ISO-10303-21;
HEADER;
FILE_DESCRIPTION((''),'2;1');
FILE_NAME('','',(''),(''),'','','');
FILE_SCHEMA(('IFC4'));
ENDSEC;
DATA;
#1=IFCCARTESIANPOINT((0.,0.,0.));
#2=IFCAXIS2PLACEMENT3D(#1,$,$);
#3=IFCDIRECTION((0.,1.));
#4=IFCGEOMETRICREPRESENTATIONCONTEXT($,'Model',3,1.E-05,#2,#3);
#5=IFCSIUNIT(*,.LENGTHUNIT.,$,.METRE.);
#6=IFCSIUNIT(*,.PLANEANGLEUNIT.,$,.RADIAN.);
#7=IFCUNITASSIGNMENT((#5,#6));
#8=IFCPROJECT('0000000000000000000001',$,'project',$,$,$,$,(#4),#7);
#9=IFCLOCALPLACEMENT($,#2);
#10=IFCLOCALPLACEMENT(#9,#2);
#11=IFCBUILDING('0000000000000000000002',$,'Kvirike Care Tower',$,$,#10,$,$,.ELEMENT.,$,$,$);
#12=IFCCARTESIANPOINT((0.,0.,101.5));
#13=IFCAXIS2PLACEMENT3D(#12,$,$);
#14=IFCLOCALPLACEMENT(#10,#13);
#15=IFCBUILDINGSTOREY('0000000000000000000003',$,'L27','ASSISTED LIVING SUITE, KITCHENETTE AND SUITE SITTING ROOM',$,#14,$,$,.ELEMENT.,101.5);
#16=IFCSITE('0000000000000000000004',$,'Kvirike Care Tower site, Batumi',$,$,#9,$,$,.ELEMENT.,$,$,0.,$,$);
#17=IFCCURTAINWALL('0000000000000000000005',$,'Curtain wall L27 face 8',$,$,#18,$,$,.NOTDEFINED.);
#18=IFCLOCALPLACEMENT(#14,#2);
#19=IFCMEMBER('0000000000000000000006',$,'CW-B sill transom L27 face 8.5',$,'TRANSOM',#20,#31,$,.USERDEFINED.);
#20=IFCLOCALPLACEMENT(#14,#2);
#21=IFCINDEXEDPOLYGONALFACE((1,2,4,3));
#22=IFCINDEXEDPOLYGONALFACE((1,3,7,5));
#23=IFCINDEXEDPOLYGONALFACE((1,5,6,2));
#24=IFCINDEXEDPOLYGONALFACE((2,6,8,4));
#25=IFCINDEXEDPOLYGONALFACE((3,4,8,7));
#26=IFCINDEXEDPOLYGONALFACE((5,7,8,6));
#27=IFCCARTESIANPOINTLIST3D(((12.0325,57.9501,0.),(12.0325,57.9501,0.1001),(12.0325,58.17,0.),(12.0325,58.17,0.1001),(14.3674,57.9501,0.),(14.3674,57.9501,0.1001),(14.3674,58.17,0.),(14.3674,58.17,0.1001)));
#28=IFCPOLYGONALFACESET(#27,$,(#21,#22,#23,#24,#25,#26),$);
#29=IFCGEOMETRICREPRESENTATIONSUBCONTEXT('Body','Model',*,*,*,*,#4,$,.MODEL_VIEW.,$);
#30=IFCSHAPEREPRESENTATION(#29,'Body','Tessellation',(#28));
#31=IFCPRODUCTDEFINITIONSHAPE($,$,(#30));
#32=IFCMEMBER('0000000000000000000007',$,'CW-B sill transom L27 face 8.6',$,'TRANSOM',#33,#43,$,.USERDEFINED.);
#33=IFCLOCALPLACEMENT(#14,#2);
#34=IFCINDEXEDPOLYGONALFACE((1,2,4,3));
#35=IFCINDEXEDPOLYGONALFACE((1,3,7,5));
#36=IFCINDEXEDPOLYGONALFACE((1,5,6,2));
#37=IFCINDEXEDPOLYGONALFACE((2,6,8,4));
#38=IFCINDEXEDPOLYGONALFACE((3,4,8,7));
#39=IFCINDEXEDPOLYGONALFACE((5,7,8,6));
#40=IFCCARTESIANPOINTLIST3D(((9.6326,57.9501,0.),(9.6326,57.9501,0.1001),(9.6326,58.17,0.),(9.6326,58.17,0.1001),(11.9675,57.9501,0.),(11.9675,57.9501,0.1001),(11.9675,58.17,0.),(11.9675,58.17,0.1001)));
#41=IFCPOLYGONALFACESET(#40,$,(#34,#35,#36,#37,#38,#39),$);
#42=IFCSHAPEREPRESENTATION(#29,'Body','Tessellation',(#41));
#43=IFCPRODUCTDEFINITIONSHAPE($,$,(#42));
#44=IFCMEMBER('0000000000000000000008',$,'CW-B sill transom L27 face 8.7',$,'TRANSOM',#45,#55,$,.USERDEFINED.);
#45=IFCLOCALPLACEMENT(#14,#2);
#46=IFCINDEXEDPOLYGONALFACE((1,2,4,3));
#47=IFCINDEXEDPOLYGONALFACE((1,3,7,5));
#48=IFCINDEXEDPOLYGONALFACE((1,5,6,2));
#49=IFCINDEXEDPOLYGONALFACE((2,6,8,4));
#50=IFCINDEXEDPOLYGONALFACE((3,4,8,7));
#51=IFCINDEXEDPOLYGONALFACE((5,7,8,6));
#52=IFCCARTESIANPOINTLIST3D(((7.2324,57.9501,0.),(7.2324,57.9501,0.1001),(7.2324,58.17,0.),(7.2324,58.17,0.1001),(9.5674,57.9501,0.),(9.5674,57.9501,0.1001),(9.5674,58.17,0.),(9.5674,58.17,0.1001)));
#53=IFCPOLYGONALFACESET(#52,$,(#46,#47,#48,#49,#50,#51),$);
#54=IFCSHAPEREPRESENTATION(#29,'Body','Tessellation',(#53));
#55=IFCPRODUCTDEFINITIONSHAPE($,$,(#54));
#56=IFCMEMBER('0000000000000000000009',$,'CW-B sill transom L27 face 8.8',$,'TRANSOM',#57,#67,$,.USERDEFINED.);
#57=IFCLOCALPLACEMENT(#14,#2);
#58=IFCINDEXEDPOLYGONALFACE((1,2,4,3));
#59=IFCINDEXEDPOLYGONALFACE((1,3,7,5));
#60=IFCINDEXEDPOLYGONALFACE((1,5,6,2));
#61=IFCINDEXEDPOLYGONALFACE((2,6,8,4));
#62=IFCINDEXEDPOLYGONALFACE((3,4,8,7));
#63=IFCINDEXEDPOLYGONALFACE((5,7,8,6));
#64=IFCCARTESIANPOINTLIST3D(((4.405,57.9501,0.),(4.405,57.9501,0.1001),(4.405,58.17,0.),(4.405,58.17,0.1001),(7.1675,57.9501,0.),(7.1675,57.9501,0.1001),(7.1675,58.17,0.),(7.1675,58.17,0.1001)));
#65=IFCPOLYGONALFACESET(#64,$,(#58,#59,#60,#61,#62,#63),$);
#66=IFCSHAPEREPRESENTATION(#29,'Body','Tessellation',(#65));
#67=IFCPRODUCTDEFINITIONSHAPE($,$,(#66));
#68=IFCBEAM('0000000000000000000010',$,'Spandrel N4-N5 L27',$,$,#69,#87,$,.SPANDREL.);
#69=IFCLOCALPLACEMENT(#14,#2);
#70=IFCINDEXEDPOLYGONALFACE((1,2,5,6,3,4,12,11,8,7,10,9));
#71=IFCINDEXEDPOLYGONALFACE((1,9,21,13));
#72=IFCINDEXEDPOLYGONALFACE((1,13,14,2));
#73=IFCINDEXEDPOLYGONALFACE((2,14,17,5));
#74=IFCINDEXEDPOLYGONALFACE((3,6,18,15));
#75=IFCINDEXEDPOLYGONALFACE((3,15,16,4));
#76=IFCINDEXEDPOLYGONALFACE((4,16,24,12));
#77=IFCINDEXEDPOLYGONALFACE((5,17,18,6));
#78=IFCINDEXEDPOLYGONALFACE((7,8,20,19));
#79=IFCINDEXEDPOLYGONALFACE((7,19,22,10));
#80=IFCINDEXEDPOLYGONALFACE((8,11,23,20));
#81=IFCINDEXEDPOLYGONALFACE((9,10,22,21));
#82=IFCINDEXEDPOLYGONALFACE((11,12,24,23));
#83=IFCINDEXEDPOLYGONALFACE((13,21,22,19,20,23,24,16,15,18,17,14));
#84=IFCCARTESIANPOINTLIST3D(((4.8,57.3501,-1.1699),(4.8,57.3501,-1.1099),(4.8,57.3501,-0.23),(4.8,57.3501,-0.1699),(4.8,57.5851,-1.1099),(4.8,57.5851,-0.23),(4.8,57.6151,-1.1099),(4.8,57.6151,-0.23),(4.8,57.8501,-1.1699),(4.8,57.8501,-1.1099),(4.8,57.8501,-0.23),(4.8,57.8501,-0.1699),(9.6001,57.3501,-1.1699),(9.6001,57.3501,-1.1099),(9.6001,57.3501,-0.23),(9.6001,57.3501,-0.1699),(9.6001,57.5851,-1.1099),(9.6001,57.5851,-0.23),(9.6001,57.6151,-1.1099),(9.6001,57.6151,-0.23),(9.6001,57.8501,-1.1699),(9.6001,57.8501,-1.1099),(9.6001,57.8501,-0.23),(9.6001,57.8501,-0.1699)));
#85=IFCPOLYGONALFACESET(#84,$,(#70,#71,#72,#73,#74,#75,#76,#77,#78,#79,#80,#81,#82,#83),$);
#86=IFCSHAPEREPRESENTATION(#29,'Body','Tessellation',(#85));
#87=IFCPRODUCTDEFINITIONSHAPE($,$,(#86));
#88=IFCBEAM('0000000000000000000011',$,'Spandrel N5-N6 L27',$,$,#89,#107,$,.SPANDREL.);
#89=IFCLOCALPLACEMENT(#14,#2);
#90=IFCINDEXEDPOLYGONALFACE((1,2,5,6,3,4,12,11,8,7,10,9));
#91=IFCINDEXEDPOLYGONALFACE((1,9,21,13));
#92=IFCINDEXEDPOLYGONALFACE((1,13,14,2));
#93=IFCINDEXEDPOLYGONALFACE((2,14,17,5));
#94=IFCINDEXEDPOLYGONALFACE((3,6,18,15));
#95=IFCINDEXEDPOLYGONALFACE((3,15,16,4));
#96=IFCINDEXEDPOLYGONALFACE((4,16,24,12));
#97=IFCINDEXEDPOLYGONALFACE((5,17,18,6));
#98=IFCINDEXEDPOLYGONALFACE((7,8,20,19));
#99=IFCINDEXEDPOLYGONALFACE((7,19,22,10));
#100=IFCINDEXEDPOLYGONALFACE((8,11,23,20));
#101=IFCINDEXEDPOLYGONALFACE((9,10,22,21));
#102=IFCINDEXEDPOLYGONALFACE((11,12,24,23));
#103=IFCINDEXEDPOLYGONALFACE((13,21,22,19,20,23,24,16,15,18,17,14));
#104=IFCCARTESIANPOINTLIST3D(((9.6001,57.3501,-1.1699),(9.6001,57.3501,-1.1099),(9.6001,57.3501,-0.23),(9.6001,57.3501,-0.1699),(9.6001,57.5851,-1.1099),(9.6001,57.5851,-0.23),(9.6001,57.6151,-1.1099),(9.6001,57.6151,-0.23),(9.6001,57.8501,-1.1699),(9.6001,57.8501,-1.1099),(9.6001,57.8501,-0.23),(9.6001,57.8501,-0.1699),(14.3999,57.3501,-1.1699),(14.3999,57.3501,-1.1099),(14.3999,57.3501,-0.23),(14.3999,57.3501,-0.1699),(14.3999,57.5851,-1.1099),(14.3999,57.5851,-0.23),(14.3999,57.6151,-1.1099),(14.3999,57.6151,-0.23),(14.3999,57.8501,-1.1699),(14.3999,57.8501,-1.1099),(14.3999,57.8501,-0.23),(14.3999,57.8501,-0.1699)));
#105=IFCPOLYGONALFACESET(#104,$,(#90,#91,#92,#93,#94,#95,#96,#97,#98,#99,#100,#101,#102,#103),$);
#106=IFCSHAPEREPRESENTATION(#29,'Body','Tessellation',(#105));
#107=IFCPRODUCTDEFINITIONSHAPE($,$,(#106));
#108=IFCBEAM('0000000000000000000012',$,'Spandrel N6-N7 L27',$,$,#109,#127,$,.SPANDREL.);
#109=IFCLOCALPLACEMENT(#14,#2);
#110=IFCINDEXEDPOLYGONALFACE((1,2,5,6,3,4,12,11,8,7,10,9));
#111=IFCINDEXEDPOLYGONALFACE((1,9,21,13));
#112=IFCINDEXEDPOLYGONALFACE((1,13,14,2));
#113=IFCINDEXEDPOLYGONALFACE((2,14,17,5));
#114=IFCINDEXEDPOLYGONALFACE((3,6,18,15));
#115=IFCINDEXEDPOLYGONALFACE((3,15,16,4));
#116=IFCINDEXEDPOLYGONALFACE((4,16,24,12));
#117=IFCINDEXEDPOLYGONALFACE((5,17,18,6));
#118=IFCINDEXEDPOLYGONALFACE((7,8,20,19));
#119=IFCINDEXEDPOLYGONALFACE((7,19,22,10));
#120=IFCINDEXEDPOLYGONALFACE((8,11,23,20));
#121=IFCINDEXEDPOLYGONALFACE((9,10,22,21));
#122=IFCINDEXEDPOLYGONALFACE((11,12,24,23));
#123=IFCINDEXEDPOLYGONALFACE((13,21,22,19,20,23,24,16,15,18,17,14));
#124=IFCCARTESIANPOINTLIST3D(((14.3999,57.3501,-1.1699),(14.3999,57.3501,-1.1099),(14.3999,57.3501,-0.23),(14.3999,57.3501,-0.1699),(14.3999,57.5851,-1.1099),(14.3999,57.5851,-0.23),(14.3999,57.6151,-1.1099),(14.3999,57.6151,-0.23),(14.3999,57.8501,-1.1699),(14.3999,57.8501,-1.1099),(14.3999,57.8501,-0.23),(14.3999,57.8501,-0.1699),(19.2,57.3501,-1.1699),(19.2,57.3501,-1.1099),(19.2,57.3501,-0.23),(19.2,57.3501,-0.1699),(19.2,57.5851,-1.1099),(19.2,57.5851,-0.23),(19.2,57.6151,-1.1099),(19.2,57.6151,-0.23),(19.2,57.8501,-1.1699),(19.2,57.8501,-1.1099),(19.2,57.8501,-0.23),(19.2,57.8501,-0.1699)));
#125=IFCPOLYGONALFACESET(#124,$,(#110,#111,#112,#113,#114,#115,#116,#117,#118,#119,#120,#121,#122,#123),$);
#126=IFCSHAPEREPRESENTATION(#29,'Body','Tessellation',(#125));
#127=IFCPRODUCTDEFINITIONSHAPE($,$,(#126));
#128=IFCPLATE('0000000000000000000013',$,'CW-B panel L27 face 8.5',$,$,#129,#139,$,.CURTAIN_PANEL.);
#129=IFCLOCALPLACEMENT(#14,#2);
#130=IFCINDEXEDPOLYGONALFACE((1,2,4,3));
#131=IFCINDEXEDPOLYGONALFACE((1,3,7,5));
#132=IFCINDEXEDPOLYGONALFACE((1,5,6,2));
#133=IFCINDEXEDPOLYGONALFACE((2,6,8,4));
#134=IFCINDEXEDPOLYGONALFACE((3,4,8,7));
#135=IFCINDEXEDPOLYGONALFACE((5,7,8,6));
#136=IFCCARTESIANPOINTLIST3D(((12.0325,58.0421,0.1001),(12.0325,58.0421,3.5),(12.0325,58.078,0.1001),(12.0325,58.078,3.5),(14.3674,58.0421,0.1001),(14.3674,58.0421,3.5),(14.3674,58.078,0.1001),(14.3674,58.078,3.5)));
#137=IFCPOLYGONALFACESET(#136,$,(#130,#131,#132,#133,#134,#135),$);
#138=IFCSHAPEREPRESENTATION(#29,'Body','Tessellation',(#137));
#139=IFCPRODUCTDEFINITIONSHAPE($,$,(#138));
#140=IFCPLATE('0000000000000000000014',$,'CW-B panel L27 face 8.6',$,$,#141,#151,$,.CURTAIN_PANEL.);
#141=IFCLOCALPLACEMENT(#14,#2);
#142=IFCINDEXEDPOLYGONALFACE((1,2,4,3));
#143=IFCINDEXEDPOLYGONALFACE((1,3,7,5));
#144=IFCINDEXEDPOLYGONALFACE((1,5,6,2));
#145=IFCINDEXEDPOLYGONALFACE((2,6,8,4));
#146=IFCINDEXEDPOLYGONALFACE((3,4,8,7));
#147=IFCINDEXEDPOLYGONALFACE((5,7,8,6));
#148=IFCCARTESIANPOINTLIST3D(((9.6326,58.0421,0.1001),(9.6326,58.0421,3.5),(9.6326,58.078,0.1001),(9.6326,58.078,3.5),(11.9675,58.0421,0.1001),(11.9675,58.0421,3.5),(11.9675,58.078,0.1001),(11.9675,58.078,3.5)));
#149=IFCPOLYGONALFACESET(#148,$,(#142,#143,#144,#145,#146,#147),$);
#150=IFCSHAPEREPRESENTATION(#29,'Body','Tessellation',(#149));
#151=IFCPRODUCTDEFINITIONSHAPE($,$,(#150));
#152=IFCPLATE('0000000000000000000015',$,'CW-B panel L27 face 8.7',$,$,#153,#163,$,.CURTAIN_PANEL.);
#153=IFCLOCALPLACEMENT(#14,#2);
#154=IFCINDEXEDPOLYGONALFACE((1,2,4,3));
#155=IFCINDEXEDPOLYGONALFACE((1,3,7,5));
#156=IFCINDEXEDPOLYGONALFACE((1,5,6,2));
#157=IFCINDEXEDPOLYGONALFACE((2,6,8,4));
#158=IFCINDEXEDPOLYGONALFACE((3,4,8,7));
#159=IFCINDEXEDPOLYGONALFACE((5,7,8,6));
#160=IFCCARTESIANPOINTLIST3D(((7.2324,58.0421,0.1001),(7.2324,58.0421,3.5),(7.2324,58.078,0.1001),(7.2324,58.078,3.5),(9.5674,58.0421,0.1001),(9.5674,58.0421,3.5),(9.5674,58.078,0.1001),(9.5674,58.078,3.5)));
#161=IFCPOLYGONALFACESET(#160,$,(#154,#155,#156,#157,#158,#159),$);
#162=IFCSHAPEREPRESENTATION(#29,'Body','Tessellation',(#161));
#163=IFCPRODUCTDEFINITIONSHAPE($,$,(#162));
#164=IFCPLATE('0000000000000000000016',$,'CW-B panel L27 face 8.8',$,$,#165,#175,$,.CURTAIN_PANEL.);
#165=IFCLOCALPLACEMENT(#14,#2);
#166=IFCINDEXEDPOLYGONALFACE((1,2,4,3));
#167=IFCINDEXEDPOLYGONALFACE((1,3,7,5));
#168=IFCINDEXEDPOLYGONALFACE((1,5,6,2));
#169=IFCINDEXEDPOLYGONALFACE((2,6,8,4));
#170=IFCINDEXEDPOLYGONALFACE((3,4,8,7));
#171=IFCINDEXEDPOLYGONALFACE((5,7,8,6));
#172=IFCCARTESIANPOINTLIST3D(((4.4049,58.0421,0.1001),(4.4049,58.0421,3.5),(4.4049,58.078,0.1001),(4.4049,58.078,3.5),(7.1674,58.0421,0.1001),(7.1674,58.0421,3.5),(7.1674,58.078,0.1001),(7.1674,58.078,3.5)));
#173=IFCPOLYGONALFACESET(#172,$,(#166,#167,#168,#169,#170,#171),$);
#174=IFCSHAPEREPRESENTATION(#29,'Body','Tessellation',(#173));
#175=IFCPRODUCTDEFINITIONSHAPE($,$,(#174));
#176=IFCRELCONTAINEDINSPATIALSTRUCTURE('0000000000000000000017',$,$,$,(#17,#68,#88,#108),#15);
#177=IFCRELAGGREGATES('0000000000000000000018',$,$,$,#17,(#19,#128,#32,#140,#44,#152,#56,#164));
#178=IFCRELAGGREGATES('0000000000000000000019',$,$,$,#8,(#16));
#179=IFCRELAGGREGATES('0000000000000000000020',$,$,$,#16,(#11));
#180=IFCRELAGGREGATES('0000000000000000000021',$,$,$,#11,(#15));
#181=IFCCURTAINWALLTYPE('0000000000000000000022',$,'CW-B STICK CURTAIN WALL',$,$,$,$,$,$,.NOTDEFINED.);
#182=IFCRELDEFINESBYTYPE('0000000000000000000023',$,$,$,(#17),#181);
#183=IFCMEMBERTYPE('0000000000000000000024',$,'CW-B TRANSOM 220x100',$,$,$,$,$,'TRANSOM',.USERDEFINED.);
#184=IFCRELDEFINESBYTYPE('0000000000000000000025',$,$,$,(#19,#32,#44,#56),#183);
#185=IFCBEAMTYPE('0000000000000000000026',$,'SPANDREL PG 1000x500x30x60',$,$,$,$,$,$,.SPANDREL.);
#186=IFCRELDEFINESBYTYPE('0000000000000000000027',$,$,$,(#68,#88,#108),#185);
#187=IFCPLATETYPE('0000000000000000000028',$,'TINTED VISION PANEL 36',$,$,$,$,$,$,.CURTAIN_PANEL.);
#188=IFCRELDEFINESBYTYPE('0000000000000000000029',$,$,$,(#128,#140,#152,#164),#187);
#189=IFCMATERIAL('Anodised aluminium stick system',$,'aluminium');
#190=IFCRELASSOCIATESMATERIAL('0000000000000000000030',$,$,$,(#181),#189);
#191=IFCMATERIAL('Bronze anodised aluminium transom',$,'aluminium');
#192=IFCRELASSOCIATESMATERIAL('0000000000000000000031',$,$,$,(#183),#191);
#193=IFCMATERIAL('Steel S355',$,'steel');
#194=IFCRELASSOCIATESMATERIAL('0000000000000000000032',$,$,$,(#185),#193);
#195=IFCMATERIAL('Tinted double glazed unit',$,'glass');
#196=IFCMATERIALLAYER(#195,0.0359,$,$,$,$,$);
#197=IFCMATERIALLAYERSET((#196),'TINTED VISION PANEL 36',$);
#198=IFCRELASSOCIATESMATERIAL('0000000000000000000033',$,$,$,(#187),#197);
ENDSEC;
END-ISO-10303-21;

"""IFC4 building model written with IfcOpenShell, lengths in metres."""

from ifc_helpers import new_model, si_unit, direction, frame, origin, origin_2d, place, context, subcontext, project, spatial, rectangle, i_section, extrude, material, layer, layer_set, material_profile, profile_set, type_object, element, aggregate, save


model = new_model("IFC4")

# Units and contexts
model_context = context("Model", 3, precision=1e-05, world=origin(), true_north=direction((0.0, 1.0)))
body_context = subcontext(model_context, "Body", "Model", "MODEL_VIEW")
ifc_project = project(units=[si_unit("LENGTHUNIT", "METRE"), si_unit("PLANEANGLEUNIT", "RADIAN")], contexts=[model_context])

# Site, building, storey
site_placement = place(None, origin())
site = spatial("IfcSite", under=ifc_project, at=site_placement, Name="Kvirike Care Tower site, Batumi", CompositionType="ELEMENT", RefElevation=0.0)
building_placement = place(site_placement, origin())
building = spatial("IfcBuilding", under=site, at=building_placement, Name="Kvirike Care Tower", CompositionType="ELEMENT")
storey_placement = place(building_placement, frame((0.0, 0.0, 101.5)))
storey = spatial("IfcBuildingStorey", under=building, at=storey_placement, Name="L27", Description="ASSISTED LIVING SUITE, KITCHENETTE AND SUITE SITTING ROOM", CompositionType="ELEMENT", Elevation=101.5)

# Curtain wall, members
ifc_material_1 = material(Name="Anodised aluminium stick system", Category="aluminium")
curtain_wall_type = type_object("IfcCurtainWallType", Name="CW-B STICK CURTAIN WALL", PredefinedType="NOTDEFINED", material=ifc_material_1)
curtain_wall_placement = place(storey_placement, origin())
curtain_wall = element("IfcCurtainWall", 1, at=curtain_wall_placement, inside=storey, type_object=curtain_wall_type, Name="Curtain wall L27 face 8", PredefinedType="NOTDEFINED")
ifc_material_2 = material(Name="Bronze anodised aluminium transom", Category="aluminium")
ifc_material_profile_1 = material_profile(ifc_material_2, rectangle(XDim=0.22, YDim=0.1001, at=origin_2d()), Name="CW-B TRANSOM 220x100")
ifc_profile_set_1 = profile_set([ifc_material_profile_1], Name="Bronze anodised aluminium transom")
member_type_1 = type_object("IfcMemberType", Name="CW-B TRANSOM 220x100", ElementType="TRANSOM", PredefinedType="USERDEFINED", material=ifc_profile_set_1)
member_1_placement = place(storey_placement, frame((14.3674, 58.0601, 0.05), z_axis=(-1.0, 0.0, 0.0), x_axis=(0.0, -1.0, 0.0)))
member_1 = element("IfcMember", 2, at=member_1_placement, type_object=member_type_1, Name="CW-B sill transom L27 face 8.5", ObjectType="TRANSOM", PredefinedType="USERDEFINED", context=body_context, shape_type="SweptSolid", body=[
    extrude(rectangle(XDim=0.22, YDim=0.1001, at=origin_2d()), origin(), (0.0, 0.0, 1.0), 2.335),
])
member_2_placement = place(storey_placement, frame((11.9675, 58.0601, 0.05), z_axis=(-1.0, 0.0, 0.0), x_axis=(0.0, -1.0, 0.0)))
member_2 = element("IfcMember", 3, at=member_2_placement, type_object=member_type_1, Name="CW-B sill transom L27 face 8.6", ObjectType="TRANSOM", PredefinedType="USERDEFINED", context=body_context, shape_type="SweptSolid", body=[
    extrude(rectangle(XDim=0.22, YDim=0.1001, at=origin_2d()), origin(), (0.0, 0.0, 1.0), 2.335),
])
member_3_placement = place(storey_placement, frame((9.5674, 58.0601, 0.05), z_axis=(-1.0, 0.0, 0.0), x_axis=(0.0, -1.0, 0.0)))
member_3 = element("IfcMember", 4, at=member_3_placement, type_object=member_type_1, Name="CW-B sill transom L27 face 8.7", ObjectType="TRANSOM", PredefinedType="USERDEFINED", context=body_context, shape_type="SweptSolid", body=[
    extrude(rectangle(XDim=0.22, YDim=0.1001, at=origin_2d()), origin(), (0.0, 0.0, 1.0), 2.335),
])
member_4_placement = place(storey_placement, frame((7.1675, 58.0601, 0.05), z_axis=(-1.0, 0.0, 0.0), x_axis=(0.0, -1.0, 0.0)))
member_4 = element("IfcMember", 5, at=member_4_placement, type_object=member_type_1, Name="CW-B sill transom L27 face 8.8", ObjectType="TRANSOM", PredefinedType="USERDEFINED", context=body_context, shape_type="SweptSolid", body=[
    extrude(rectangle(XDim=0.22, YDim=0.1001, at=origin_2d()), origin(), (0.0, 0.0, 1.0), 2.7625),
])

# Beams
ifc_material_3 = material(Name="Steel S355", Category="steel")
ifc_material_profile_2 = material_profile(ifc_material_3, i_section(OverallWidth=0.5, OverallDepth=1.0, WebThickness=0.03, FlangeThickness=0.0601, at=origin_2d()), Name="PG 1000x500x30x60")
ifc_profile_set_2 = profile_set([ifc_material_profile_2], Name="Steel S355")
beam_type = type_object("IfcBeamType", Name="SPANDREL PG 1000x500x30x60", PredefinedType="SPANDREL", material=ifc_profile_set_2)
beam_1_placement = place(storey_placement, frame((4.8, 57.6001, -0.6699), z_axis=(1.0, 0.0, 0.0), x_axis=(0.0, 1.0, 0.0)))
element("IfcBeam", 6, at=beam_1_placement, inside=storey, type_object=beam_type, Name="Spandrel N4-N5 L27", PredefinedType="SPANDREL", context=body_context, shape_type="SweptSolid", body=[
    extrude(i_section(OverallWidth=0.5, OverallDepth=1.0, WebThickness=0.03, FlangeThickness=0.0601, at=origin_2d()), origin(), (0.0, 0.0, 1.0), 4.8),
])
beam_2_placement = place(storey_placement, frame((9.6001, 57.6001, -0.6699), z_axis=(1.0, 0.0, 0.0), x_axis=(0.0, 1.0, 0.0)))
element("IfcBeam", 7, at=beam_2_placement, inside=storey, type_object=beam_type, Name="Spandrel N5-N6 L27", PredefinedType="SPANDREL", context=body_context, shape_type="SweptSolid", body=[
    extrude(i_section(OverallWidth=0.5, OverallDepth=1.0, WebThickness=0.03, FlangeThickness=0.0601, at=origin_2d()), origin(), (0.0, 0.0, 1.0), 4.7998),
])
beam_3_placement = place(storey_placement, frame((14.3999, 57.6001, -0.6699), z_axis=(1.0, 0.0, 0.0), x_axis=(0.0, 1.0, 0.0)))
element("IfcBeam", 8, at=beam_3_placement, inside=storey, type_object=beam_type, Name="Spandrel N6-N7 L27", PredefinedType="SPANDREL", context=body_context, shape_type="SweptSolid", body=[
    extrude(i_section(OverallWidth=0.5, OverallDepth=1.0, WebThickness=0.03, FlangeThickness=0.0601, at=origin_2d()), origin(), (0.0, 0.0, 1.0), 4.8),
])

# Plates
ifc_material_4 = material(Name="Tinted double glazed unit", Category="glass")
ifc_layer = layer(ifc_material_4, 0.0359)
ifc_layer_set = layer_set([ifc_layer], Name="TINTED VISION PANEL 36")
plate_type = type_object("IfcPlateType", Name="TINTED VISION PANEL 36", PredefinedType="CURTAIN_PANEL", material=ifc_layer_set)
plate_1_placement = place(storey_placement, frame((13.2, 58.0601, 0.1001), z_axis=(0.0, 0.0, 1.0), x_axis=(-1.0, 0.0, 0.0)))
plate_1 = element("IfcPlate", 9, at=plate_1_placement, type_object=plate_type, Name="CW-B panel L27 face 8.5", PredefinedType="CURTAIN_PANEL", context=body_context, shape_type="SweptSolid", body=[
    extrude(rectangle(XDim=2.335, YDim=0.0359, at=origin_2d()), origin(), (0.0, 0.0, 1.0), 3.3999),
])
plate_2_placement = place(storey_placement, frame((10.8, 58.0601, 0.1001), z_axis=(0.0, 0.0, 1.0), x_axis=(-1.0, 0.0, 0.0)))
plate_2 = element("IfcPlate", 10, at=plate_2_placement, type_object=plate_type, Name="CW-B panel L27 face 8.6", PredefinedType="CURTAIN_PANEL", context=body_context, shape_type="SweptSolid", body=[
    extrude(rectangle(XDim=2.335, YDim=0.0359, at=origin_2d()), origin(), (0.0, 0.0, 1.0), 3.3999),
])
plate_3_placement = place(storey_placement, frame((8.3999, 58.0601, 0.1001), z_axis=(0.0, 0.0, 1.0), x_axis=(-1.0, 0.0, 0.0)))
plate_3 = element("IfcPlate", 11, at=plate_3_placement, type_object=plate_type, Name="CW-B panel L27 face 8.7", PredefinedType="CURTAIN_PANEL", context=body_context, shape_type="SweptSolid", body=[
    extrude(rectangle(XDim=2.335, YDim=0.0359, at=origin_2d()), origin(), (0.0, 0.0, 1.0), 3.3999),
])
plate_4_placement = place(storey_placement, frame((5.7861, 58.0601, 0.1001), z_axis=(0.0, 0.0, 1.0), x_axis=(-1.0, 0.0, 0.0)))
plate_4 = element("IfcPlate", 12, at=plate_4_placement, type_object=plate_type, Name="CW-B panel L27 face 8.8", PredefinedType="CURTAIN_PANEL", context=body_context, shape_type="SweptSolid", body=[
    extrude(rectangle(XDim=2.7625, YDim=0.0359, at=origin_2d()), origin(), (0.0, 0.0, 1.0), 3.3999),
])
aggregate(curtain_wall, [member_1, plate_1, member_2, plate_2, member_3, plate_3, member_4, plate_4])

save(model, "model.ifc")
